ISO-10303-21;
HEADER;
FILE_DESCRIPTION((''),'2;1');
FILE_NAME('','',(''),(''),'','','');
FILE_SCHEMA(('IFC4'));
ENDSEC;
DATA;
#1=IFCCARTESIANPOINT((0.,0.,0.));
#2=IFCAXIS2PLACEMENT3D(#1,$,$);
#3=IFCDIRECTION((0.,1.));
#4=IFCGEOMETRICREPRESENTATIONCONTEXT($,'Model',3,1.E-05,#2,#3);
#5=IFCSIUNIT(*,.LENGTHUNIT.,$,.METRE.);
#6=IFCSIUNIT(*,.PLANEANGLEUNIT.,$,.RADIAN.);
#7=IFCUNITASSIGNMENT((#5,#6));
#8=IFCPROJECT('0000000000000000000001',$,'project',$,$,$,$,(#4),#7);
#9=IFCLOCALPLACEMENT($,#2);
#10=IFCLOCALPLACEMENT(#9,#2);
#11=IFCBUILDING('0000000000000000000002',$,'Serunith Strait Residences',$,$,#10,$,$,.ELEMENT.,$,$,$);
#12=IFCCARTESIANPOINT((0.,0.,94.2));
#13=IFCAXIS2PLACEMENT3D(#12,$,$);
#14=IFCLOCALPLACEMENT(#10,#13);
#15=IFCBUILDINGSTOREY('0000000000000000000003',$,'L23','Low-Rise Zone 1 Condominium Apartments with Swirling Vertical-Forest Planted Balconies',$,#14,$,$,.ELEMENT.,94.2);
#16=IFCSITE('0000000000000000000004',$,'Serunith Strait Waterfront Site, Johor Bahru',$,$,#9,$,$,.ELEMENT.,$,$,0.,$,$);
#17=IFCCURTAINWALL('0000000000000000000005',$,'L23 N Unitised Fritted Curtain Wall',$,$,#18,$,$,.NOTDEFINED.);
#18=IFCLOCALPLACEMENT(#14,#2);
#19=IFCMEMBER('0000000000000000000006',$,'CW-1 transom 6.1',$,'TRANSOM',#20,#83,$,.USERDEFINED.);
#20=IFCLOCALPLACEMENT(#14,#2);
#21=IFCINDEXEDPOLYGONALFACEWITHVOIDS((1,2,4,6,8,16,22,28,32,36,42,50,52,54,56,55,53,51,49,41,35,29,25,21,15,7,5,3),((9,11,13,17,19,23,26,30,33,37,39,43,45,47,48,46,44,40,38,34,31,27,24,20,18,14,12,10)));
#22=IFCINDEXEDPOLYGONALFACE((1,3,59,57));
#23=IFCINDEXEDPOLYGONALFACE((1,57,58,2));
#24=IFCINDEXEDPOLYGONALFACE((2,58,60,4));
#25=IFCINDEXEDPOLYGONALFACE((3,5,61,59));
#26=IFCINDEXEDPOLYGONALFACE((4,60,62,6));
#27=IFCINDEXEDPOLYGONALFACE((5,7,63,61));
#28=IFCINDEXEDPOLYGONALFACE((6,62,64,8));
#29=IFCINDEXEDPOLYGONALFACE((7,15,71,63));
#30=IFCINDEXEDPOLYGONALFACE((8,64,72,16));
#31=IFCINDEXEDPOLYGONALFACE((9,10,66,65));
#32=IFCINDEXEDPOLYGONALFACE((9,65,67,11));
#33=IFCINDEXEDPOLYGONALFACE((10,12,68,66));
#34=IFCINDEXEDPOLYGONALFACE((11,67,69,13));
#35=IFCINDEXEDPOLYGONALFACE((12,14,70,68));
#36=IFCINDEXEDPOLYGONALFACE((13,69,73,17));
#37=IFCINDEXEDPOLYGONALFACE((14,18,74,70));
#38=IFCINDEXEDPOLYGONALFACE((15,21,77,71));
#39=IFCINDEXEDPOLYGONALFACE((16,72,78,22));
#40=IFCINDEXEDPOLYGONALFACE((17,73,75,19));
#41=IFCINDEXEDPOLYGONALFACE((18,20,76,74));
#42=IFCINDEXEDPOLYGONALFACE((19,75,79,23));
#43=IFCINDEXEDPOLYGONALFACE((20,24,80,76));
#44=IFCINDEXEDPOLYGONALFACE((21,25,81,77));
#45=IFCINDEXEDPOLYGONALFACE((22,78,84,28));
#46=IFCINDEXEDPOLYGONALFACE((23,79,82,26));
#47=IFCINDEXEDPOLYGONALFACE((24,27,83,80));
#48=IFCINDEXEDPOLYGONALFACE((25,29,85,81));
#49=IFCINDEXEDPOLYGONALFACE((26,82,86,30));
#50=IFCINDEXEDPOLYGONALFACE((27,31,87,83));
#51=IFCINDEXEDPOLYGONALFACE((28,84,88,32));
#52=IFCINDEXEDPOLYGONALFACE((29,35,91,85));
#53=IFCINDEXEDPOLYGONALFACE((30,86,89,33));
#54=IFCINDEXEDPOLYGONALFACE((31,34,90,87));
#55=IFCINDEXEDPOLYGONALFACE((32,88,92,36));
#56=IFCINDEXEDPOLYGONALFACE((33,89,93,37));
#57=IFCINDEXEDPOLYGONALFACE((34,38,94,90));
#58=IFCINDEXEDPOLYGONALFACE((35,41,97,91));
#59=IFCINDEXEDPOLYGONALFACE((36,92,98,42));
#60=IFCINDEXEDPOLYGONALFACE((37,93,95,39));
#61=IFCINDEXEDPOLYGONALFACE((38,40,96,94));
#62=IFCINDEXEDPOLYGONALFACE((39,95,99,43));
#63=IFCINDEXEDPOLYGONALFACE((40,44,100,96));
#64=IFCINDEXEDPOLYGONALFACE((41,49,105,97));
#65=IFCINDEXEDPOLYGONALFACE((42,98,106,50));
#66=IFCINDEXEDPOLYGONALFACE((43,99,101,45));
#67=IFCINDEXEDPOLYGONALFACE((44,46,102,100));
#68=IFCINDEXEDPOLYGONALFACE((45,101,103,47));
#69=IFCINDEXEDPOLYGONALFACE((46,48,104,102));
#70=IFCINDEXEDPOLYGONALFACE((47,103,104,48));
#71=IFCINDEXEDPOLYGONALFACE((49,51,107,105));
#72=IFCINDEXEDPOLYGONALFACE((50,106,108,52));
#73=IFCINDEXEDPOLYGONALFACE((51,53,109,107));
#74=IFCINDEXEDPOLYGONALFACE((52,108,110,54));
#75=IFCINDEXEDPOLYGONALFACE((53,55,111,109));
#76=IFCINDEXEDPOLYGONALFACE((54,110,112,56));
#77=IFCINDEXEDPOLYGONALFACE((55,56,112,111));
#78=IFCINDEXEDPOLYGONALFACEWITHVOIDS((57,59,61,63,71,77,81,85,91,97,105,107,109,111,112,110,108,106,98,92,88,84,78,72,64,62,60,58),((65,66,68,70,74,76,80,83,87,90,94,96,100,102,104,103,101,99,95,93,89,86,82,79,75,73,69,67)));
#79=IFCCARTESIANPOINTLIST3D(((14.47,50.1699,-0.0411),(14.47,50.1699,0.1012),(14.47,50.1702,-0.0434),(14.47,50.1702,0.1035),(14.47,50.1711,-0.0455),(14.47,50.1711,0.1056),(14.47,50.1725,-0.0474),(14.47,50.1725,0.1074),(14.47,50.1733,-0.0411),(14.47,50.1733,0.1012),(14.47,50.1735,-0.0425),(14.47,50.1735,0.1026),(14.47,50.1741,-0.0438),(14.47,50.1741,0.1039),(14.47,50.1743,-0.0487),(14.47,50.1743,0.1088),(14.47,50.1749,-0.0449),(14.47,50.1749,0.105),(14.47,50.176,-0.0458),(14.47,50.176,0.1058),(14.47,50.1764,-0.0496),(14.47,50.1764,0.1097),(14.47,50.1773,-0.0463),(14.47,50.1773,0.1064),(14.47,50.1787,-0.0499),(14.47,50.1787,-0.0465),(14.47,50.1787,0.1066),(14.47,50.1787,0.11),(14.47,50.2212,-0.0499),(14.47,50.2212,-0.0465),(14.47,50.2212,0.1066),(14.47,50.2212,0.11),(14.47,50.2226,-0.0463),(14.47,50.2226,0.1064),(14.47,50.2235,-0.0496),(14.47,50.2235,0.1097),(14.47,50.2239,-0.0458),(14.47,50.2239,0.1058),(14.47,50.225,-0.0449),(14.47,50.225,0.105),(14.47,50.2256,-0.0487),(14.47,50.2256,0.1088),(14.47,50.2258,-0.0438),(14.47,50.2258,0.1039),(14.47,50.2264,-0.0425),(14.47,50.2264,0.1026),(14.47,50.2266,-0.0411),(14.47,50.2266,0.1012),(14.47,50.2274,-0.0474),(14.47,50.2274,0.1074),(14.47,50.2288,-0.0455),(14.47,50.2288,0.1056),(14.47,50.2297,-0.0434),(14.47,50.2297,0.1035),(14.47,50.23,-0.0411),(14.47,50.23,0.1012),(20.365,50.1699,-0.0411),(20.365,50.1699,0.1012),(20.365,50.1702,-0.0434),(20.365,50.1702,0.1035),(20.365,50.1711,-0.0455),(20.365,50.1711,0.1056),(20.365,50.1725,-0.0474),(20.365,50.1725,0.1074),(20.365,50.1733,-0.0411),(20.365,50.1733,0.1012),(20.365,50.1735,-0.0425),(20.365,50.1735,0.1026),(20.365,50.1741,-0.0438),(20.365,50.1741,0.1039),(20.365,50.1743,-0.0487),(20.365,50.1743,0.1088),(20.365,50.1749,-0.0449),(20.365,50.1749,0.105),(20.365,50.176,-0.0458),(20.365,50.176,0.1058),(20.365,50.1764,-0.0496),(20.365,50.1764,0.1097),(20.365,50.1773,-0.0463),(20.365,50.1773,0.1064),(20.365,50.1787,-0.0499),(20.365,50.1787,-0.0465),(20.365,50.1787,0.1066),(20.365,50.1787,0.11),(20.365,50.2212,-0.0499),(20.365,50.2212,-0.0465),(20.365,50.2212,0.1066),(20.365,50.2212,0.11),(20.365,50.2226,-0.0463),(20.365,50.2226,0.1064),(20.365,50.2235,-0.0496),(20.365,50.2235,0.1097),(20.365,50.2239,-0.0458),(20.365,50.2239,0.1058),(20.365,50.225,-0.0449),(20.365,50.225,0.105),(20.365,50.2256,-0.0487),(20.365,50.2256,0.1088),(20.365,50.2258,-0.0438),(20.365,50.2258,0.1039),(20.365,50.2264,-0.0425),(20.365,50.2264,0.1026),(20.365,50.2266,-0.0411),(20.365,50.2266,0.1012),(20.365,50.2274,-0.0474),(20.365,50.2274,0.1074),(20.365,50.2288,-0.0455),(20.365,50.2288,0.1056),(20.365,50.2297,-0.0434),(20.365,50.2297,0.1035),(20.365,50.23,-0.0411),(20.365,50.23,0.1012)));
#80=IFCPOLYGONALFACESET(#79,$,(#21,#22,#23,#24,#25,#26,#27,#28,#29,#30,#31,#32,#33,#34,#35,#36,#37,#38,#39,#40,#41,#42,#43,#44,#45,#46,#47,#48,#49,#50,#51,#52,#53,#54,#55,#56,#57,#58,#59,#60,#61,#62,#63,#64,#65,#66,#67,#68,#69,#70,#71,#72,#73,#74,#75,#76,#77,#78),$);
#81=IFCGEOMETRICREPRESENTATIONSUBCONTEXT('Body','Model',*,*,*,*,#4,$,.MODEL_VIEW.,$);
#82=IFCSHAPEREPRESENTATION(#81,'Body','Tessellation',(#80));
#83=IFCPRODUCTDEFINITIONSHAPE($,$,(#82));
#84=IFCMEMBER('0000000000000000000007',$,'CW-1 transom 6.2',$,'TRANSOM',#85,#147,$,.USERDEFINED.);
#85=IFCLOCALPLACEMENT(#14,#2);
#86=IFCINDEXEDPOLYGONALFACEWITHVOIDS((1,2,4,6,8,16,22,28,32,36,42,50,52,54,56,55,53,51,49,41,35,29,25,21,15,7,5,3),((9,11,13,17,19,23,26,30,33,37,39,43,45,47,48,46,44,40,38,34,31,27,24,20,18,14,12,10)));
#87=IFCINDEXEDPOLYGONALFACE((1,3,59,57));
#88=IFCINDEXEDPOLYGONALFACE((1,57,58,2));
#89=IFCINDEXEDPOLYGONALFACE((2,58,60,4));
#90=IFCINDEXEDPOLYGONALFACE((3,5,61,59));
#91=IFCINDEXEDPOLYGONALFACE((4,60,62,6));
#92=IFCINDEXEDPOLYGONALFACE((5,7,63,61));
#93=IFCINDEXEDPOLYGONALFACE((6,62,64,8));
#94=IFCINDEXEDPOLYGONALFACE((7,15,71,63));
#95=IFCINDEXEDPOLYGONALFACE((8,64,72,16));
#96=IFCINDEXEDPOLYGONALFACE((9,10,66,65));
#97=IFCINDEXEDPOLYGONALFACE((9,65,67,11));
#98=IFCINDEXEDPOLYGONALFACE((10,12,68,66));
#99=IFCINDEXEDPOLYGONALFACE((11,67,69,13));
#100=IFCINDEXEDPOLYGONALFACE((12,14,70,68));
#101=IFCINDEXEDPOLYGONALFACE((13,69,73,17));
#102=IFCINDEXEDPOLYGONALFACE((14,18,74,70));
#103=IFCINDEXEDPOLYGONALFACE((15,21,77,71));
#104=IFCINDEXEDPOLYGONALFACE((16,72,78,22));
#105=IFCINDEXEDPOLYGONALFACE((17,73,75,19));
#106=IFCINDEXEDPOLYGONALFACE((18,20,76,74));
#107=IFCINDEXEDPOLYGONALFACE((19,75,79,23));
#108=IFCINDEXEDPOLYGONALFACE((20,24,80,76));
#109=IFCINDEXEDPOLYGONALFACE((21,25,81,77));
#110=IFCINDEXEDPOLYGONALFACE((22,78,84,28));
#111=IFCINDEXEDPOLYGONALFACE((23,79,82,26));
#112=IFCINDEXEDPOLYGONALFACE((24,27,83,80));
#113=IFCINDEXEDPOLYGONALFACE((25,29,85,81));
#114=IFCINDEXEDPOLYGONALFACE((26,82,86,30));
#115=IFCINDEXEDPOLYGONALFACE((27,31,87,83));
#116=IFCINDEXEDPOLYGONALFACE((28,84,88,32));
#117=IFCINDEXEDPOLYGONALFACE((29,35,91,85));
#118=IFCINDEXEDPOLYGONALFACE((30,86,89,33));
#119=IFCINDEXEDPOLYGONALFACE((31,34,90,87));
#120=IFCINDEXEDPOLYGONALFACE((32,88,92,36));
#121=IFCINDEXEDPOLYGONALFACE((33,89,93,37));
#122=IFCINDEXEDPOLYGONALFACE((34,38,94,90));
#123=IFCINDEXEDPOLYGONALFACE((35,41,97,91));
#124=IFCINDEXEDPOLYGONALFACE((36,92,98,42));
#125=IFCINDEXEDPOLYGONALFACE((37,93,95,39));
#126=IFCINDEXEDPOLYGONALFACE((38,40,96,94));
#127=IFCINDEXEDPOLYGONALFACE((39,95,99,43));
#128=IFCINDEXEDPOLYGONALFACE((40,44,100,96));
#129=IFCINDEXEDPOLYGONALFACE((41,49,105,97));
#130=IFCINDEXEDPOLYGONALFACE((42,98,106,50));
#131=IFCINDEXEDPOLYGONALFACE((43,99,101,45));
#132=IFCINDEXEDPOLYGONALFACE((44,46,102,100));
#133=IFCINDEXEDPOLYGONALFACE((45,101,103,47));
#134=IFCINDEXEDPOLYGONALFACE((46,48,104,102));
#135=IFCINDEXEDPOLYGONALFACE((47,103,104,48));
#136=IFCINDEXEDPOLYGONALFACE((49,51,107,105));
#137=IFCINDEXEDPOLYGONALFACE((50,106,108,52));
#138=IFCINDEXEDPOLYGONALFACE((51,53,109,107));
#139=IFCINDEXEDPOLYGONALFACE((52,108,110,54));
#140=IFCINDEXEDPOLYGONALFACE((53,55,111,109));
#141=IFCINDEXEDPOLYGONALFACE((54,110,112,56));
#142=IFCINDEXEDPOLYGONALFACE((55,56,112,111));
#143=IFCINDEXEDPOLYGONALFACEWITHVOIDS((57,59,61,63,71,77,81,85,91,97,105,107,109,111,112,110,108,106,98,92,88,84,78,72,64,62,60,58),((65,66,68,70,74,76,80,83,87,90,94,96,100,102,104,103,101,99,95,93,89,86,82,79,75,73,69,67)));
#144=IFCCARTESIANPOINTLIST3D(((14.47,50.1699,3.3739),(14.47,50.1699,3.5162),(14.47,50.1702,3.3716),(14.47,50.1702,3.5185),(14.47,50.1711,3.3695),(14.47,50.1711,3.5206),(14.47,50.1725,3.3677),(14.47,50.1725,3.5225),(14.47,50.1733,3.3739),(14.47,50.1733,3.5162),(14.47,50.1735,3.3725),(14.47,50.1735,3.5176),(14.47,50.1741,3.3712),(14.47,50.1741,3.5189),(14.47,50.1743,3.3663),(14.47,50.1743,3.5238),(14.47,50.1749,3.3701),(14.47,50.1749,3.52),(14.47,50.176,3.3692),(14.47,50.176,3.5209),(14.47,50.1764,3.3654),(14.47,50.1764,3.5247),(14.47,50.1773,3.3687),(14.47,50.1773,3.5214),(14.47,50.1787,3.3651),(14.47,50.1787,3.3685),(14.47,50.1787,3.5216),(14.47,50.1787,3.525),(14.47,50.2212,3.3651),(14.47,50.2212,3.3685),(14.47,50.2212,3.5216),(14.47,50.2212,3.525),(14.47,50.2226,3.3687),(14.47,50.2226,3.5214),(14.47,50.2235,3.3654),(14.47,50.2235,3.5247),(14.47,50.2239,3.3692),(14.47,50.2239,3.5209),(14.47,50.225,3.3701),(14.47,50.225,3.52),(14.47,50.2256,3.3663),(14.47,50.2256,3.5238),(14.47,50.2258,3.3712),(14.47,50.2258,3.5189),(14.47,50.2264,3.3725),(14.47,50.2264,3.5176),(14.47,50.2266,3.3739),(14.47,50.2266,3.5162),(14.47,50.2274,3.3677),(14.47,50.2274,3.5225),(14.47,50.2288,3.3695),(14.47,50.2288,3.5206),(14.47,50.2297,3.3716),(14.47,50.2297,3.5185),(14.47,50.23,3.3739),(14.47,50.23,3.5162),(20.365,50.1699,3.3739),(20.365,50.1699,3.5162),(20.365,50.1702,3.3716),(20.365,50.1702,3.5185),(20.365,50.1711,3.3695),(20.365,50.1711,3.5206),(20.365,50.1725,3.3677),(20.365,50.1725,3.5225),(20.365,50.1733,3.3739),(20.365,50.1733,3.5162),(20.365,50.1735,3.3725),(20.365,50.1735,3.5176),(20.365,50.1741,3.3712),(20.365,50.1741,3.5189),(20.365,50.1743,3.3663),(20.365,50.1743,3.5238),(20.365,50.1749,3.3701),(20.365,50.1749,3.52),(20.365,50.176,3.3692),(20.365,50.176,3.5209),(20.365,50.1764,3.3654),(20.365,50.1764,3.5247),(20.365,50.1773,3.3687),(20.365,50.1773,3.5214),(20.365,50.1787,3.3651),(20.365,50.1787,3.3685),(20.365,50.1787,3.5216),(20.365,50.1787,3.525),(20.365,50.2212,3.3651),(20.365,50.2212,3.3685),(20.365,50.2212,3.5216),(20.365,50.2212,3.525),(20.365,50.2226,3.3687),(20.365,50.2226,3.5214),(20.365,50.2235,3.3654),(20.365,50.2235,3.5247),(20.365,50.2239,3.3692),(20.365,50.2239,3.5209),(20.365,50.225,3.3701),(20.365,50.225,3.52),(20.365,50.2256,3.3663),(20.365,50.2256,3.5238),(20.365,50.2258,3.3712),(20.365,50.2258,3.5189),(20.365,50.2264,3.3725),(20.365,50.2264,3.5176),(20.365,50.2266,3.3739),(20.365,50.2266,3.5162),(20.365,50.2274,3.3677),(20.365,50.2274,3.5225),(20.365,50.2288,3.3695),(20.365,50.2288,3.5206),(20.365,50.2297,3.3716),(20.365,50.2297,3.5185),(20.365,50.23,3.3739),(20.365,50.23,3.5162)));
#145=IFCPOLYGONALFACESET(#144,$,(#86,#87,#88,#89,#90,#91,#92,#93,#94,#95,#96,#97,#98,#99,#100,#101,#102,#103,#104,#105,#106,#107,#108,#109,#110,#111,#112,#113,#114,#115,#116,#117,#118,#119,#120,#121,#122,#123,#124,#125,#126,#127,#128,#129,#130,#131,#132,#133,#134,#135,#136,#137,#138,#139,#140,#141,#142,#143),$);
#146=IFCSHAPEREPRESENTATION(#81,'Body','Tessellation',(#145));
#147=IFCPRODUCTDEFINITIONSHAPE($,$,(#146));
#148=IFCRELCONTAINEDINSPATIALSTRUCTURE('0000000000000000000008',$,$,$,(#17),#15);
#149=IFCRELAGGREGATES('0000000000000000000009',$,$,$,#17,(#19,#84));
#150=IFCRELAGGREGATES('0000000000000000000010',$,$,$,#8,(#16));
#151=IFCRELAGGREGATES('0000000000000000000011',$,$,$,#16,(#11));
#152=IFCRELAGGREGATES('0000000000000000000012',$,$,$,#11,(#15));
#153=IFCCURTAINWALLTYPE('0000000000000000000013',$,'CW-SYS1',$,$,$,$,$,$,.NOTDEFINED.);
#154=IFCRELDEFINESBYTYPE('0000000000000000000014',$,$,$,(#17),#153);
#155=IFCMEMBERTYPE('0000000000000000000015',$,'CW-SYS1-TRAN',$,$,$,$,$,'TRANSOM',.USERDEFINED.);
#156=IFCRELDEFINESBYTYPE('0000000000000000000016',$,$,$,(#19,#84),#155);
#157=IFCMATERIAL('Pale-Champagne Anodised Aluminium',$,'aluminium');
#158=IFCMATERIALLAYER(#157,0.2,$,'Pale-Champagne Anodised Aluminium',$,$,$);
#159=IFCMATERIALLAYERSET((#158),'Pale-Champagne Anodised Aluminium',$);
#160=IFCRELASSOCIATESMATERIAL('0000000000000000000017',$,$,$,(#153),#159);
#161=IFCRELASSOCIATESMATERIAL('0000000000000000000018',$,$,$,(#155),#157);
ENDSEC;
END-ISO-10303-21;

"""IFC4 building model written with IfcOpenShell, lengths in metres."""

from ifc_helpers import new_model, si_unit, direction, frame, origin, origin_2d, place, context, subcontext, project, spatial, hollow_rectangle, extrude, source, transform, mapped, material, layer, layer_set, material_profile, profile_set, type_object, element, aggregate, save


model = new_model("IFC4")

# Units and contexts
model_context = context("Model", 3, precision=1e-05, world=origin(), true_north=direction((0.0, 1.0)))
body_context = subcontext(model_context, "Body", "Model", "MODEL_VIEW")
ifc_project = project(units=[si_unit("LENGTHUNIT", "METRE"), si_unit("PLANEANGLEUNIT", "RADIAN")], contexts=[model_context])

# Site, building, storey
site_placement = place(None, origin())
site = spatial("IfcSite", under=ifc_project, at=site_placement, Name="Serunith Strait Waterfront Site, Johor Bahru", CompositionType="ELEMENT", RefElevation=0.0)
building_placement = place(site_placement, origin())
building = spatial("IfcBuilding", under=site, at=building_placement, Name="Serunith Strait Residences", CompositionType="ELEMENT")
storey_placement = place(building_placement, frame((0.0, 0.0, 94.2)))
storey = spatial("IfcBuildingStorey", under=building, at=storey_placement, Name="L23", Description="Low-Rise Zone 1 Condominium Apartments with Swirling Vertical-Forest Planted Balconies", CompositionType="ELEMENT", Elevation=94.2)

# Curtain wall, members
ifc_material_1 = material(Name="Pale-Champagne Anodised Aluminium", Category="aluminium")
ifc_layer_1 = layer(ifc_material_1, 0.2, Name="Pale-Champagne Anodised Aluminium")
ifc_layer_set_1 = layer_set([ifc_layer_1], Name="Pale-Champagne Anodised Aluminium")
curtain_wall_type = type_object("IfcCurtainWallType", Name="CW-SYS1", PredefinedType="NOTDEFINED", material=ifc_layer_set_1)
curtain_wall_placement = place(storey_placement, origin())
curtain_wall = element("IfcCurtainWall", 1, at=curtain_wall_placement, inside=storey, type_object=curtain_wall_type, Name="L23 N Unitised Fritted Curtain Wall", PredefinedType="NOTDEFINED")
ifc_material_profile_1 = material_profile(ifc_material_1, hollow_rectangle(XDim=0.0601, YDim=0.1599, WallThickness=0.0034, InnerFilletRadius=0.0054, OuterFilletRadius=0.0088, at=origin_2d()), Name="ALU 160x60x3.5")
ifc_profile_set_1 = profile_set([ifc_material_profile_1], Name="Pale-Champagne Anodised Aluminium")
member_type_1 = type_object("IfcMemberType", Name="CW-SYS1-TRAN", ElementType="TRANSOM", PredefinedType="USERDEFINED", material=ifc_profile_set_1)
shared_shape_1 = source(origin(), body_context, "Body", "SweptSolid", [
    extrude(hollow_rectangle(XDim=0.0601, YDim=0.1599, WallThickness=0.0034, InnerFilletRadius=0.0054, OuterFilletRadius=0.0088, at=origin_2d()), origin(), (0.0, 0.0, 1.0), 5.895),
])
member_1_placement = place(storey_placement, frame((20.365, 50.2, 0.03), z_axis=(-1.0, 0.0, 0.0), x_axis=(0.0, -1.0, 0.0)))
member_1 = element("IfcMember", 2, at=member_1_placement, type_object=member_type_1, Name="CW-1 transom 6.1", ObjectType="TRANSOM", PredefinedType="USERDEFINED", context=body_context, shape_type="MappedRepresentation", body=[
    mapped(shared_shape_1, transform((0.0, 0.0, 0.0), scale=1.0)),
])
member_2_placement = place(storey_placement, frame((20.365, 50.2, 3.4451), z_axis=(-1.0, 0.0, 0.0), x_axis=(0.0, -1.0, 0.0)))
member_2 = element("IfcMember", 3, at=member_2_placement, type_object=member_type_1, Name="CW-1 transom 6.2", ObjectType="TRANSOM", PredefinedType="USERDEFINED", context=body_context, shape_type="MappedRepresentation", body=[
    mapped(shared_shape_1, transform((0.0, 0.0, 0.0), scale=1.0)),
])
aggregate(curtain_wall, [member_1, member_2])

save(model, "model.ifc")
